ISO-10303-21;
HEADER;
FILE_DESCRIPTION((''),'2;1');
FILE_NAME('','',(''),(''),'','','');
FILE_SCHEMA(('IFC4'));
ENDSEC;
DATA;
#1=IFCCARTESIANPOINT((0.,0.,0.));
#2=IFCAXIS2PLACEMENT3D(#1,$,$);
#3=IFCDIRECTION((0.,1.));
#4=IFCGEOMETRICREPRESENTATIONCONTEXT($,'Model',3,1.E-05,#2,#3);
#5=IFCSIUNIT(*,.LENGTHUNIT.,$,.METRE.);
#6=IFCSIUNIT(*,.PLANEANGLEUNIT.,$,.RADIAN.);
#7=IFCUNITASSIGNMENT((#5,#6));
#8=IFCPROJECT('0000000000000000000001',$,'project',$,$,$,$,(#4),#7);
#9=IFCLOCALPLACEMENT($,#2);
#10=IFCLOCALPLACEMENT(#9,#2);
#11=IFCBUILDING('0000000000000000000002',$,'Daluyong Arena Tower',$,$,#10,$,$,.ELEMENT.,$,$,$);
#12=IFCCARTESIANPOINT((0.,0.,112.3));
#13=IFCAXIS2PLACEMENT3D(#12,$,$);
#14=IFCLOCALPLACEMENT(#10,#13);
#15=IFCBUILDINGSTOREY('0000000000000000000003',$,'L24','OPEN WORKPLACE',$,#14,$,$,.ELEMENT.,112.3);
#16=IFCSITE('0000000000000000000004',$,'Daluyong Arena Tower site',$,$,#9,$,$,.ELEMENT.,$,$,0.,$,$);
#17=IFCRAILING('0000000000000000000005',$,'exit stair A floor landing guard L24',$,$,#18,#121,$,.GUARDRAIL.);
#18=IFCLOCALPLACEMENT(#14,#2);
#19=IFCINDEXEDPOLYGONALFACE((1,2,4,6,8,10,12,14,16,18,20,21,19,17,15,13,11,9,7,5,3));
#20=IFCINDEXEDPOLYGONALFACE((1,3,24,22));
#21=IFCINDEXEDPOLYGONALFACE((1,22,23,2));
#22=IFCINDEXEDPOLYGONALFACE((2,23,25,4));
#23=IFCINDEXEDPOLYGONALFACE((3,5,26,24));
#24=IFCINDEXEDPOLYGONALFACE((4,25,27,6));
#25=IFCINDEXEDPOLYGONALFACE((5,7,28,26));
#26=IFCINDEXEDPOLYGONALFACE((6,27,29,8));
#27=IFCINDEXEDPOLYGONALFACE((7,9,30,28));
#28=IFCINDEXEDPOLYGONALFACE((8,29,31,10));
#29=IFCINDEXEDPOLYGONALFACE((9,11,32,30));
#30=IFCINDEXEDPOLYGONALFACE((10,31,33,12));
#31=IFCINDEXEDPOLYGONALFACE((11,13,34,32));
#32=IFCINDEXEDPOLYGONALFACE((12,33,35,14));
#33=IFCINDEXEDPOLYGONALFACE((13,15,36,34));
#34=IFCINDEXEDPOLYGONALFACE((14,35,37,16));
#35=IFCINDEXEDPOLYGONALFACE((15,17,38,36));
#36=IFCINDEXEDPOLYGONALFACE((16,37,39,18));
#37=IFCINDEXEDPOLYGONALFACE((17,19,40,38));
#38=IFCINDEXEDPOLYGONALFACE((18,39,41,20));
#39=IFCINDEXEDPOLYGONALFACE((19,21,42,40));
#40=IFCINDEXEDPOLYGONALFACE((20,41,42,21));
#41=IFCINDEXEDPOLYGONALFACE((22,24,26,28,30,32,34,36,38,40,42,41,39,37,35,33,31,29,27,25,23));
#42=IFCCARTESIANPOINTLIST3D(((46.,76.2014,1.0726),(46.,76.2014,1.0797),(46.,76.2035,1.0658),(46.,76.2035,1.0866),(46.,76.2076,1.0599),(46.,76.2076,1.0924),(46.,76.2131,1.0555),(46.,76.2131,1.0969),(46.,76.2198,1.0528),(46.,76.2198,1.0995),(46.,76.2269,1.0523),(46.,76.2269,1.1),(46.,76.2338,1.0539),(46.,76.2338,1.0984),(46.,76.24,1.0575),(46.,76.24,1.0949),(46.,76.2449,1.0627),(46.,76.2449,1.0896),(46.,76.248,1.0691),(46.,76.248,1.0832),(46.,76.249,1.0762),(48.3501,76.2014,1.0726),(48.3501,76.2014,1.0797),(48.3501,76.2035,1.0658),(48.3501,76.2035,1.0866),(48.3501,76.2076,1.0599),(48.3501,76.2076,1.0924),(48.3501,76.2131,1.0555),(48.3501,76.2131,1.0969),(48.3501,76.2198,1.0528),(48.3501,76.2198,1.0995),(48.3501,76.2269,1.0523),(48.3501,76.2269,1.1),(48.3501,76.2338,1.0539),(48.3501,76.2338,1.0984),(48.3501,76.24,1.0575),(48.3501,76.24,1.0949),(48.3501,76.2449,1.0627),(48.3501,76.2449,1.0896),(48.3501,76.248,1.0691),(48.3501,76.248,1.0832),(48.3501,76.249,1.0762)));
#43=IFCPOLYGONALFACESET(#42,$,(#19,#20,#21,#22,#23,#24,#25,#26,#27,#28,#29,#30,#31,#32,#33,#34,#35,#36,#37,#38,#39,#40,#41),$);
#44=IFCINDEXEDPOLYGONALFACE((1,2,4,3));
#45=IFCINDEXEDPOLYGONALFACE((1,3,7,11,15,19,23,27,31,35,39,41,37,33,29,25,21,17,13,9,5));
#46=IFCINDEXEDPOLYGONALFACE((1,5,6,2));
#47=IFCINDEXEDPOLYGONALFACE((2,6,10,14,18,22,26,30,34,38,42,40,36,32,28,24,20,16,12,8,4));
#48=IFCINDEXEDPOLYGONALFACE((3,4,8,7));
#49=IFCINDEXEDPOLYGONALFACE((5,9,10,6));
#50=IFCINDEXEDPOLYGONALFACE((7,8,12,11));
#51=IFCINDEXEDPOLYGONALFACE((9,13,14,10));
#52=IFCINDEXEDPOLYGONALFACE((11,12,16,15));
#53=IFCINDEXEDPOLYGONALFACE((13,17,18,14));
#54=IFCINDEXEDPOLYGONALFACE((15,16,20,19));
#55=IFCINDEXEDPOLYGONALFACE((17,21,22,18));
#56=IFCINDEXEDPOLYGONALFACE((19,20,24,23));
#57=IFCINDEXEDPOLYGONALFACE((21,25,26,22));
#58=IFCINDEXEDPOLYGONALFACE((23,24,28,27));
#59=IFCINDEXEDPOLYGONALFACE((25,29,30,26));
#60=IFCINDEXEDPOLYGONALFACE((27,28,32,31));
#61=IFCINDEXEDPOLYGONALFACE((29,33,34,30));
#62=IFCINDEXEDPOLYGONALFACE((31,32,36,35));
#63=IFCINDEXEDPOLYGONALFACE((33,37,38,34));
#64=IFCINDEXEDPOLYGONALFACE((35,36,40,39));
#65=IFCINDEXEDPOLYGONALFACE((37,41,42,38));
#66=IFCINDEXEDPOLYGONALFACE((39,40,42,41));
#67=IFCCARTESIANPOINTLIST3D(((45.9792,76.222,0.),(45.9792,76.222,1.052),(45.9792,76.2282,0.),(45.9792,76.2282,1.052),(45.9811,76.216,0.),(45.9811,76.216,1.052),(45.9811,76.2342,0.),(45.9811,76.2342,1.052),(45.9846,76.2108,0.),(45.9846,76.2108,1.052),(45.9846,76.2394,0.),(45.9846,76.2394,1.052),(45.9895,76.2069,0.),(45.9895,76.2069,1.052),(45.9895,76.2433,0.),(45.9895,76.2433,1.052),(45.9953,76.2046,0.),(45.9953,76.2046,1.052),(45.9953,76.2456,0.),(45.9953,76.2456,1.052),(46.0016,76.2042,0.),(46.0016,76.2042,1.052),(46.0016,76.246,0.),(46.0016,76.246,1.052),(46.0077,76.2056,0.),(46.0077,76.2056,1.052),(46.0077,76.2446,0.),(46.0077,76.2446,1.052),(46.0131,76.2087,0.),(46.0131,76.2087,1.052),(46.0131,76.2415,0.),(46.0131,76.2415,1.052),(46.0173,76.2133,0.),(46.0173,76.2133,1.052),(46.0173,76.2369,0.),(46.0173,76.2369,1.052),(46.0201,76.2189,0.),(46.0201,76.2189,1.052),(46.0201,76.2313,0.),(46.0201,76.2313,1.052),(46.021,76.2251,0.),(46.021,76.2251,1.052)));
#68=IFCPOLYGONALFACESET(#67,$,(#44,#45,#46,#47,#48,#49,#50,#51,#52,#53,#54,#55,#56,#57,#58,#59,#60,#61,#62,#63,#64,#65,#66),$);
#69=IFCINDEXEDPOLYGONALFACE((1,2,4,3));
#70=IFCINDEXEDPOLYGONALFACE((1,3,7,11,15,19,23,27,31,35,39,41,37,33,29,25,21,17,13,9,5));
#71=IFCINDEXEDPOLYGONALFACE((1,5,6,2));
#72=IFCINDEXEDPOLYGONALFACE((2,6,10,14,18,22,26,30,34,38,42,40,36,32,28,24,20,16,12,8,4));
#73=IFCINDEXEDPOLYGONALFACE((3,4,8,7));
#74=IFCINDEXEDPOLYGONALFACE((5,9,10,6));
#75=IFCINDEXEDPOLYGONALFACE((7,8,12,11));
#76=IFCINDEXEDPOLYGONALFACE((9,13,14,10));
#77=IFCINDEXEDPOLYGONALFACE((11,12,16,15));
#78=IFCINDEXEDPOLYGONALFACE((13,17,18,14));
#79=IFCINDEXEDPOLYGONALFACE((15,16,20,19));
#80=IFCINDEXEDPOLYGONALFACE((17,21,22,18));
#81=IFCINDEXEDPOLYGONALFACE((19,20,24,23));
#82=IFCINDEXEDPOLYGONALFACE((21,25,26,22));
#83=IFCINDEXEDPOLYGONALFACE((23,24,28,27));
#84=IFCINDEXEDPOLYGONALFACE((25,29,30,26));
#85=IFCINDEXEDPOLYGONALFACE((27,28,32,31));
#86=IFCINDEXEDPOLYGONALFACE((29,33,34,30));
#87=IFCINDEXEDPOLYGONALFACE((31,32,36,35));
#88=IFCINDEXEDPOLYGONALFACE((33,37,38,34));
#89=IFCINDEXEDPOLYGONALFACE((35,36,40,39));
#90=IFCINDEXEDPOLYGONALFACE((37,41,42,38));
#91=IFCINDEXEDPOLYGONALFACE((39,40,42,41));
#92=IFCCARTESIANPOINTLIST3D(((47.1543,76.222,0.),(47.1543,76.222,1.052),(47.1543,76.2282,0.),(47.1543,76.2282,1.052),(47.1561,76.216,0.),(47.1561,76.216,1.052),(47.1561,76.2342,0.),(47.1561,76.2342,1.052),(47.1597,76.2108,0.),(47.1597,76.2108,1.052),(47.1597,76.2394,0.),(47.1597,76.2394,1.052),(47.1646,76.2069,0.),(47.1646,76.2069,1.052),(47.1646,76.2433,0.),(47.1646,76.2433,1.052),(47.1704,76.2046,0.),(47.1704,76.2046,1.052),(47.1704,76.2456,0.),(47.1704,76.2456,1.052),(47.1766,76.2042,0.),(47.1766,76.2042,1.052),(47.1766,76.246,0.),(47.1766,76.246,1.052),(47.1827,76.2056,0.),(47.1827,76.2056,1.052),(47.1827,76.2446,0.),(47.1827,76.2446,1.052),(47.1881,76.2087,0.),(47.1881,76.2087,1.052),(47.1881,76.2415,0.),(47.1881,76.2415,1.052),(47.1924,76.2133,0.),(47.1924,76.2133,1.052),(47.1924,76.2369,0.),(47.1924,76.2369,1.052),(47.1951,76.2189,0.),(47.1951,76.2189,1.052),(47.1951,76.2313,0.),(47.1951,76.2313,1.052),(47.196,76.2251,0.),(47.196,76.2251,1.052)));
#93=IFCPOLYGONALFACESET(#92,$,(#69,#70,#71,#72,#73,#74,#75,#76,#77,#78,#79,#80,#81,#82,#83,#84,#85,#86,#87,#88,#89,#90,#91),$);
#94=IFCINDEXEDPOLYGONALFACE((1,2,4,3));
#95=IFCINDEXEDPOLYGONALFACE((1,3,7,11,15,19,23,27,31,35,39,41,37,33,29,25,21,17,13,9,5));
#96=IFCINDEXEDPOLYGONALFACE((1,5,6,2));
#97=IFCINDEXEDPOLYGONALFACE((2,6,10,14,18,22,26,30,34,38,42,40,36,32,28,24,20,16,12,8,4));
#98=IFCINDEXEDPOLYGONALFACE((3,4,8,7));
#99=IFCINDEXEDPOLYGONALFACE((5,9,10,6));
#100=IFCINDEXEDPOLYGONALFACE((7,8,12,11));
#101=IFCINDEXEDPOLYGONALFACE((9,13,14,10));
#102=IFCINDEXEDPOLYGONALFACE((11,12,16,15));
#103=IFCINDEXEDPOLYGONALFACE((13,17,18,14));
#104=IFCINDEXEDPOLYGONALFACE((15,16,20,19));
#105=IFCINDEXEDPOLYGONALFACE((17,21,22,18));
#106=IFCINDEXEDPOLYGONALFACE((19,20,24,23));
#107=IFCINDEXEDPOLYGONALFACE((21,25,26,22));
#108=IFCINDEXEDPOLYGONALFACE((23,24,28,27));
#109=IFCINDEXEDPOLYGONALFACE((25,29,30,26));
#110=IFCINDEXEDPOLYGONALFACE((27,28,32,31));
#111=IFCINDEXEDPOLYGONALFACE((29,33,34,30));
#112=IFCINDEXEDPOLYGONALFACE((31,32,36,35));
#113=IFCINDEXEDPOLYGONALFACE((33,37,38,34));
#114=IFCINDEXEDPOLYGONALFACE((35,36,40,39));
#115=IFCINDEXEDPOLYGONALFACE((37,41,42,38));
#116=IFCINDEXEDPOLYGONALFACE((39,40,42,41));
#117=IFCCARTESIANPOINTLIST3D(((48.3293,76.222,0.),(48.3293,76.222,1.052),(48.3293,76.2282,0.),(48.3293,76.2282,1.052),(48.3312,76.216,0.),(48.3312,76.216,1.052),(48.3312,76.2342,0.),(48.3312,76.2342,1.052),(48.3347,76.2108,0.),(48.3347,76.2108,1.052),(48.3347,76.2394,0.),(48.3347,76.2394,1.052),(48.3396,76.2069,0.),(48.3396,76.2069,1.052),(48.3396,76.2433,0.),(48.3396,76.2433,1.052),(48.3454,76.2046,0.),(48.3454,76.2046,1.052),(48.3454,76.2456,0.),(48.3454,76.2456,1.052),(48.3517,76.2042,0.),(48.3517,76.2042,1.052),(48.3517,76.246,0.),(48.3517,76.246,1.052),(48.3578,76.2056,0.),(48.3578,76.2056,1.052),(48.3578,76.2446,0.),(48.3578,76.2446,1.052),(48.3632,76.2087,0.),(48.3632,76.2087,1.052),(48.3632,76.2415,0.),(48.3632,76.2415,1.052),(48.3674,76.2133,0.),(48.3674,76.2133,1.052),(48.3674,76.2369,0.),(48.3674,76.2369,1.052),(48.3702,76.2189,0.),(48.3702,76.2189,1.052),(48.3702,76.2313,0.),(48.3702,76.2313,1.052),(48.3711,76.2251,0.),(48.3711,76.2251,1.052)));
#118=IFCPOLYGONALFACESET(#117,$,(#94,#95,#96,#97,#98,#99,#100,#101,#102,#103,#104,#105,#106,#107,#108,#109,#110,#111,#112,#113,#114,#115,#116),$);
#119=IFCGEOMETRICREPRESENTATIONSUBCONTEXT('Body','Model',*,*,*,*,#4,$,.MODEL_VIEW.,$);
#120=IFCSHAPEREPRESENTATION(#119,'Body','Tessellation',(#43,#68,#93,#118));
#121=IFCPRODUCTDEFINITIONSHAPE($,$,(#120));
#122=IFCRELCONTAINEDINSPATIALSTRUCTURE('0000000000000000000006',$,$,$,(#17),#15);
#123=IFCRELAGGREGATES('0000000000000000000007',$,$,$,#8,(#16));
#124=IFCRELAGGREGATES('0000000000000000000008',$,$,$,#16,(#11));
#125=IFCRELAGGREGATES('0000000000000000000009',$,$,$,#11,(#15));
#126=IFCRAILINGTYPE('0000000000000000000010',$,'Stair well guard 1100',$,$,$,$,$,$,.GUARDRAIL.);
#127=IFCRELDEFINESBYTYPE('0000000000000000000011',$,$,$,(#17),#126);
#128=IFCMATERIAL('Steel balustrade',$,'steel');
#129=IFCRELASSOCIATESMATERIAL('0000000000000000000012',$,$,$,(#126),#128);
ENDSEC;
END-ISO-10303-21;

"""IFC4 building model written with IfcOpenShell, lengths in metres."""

from ifc_helpers import new_model, si_unit, direction, frame, origin, origin_2d, place, context, subcontext, project, spatial, circle, extrude, material, type_object, element, save


model = new_model("IFC4")

# Units and contexts
model_context = context("Model", 3, precision=1e-05, world=origin(), true_north=direction((0.0, 1.0)))
body_context = subcontext(model_context, "Body", "Model", "MODEL_VIEW")
ifc_project = project(units=[si_unit("LENGTHUNIT", "METRE"), si_unit("PLANEANGLEUNIT", "RADIAN")], contexts=[model_context])

# Site, building, storey
site_placement = place(None, origin())
site = spatial("IfcSite", under=ifc_project, at=site_placement, Name="Daluyong Arena Tower site", CompositionType="ELEMENT", RefElevation=0.0)
building_placement = place(site_placement, origin())
building = spatial("IfcBuilding", under=site, at=building_placement, Name="Daluyong Arena Tower", CompositionType="ELEMENT")
storey_placement = place(building_placement, frame((0.0, 0.0, 112.3)))
storey = spatial("IfcBuildingStorey", under=building, at=storey_placement, Name="L24", Description="OPEN WORKPLACE", CompositionType="ELEMENT", Elevation=112.3)

# Railing
ifc_material_1 = material(Name="Steel balustrade", Category="steel")
railing_type = type_object("IfcRailingType", Name="Stair well guard 1100", PredefinedType="GUARDRAIL", material=ifc_material_1)
railing_1_placement = place(storey_placement, frame((46.0, 76.2251, 0.0)))
element("IfcRailing", 1, at=railing_1_placement, inside=storey, type_object=railing_type, Name="exit stair A floor landing guard L24", PredefinedType="GUARDRAIL", context=body_context, shape_type="SweptSolid", body=[
    extrude(circle(Radius=0.0239, at=origin_2d()), frame((0.0, 0.0, 1.0762), z_axis=(1.0, 0.0, 0.0), x_axis=(0.0, 1.0, 0.0)), (0.0, 0.0, 1.0), 2.3501),
    extrude(circle(Radius=0.021, at=origin_2d()), origin(), (0.0, 0.0, 1.0), 1.052),
    extrude(circle(Radius=0.021, at=origin_2d()), frame((1.175, 0.0, 0.0)), (0.0, 0.0, 1.0), 1.052),
    extrude(circle(Radius=0.021, at=origin_2d()), frame((2.3501, 0.0, 0.0)), (0.0, 0.0, 1.0), 1.052),
])

save(model, "model.ifc")
